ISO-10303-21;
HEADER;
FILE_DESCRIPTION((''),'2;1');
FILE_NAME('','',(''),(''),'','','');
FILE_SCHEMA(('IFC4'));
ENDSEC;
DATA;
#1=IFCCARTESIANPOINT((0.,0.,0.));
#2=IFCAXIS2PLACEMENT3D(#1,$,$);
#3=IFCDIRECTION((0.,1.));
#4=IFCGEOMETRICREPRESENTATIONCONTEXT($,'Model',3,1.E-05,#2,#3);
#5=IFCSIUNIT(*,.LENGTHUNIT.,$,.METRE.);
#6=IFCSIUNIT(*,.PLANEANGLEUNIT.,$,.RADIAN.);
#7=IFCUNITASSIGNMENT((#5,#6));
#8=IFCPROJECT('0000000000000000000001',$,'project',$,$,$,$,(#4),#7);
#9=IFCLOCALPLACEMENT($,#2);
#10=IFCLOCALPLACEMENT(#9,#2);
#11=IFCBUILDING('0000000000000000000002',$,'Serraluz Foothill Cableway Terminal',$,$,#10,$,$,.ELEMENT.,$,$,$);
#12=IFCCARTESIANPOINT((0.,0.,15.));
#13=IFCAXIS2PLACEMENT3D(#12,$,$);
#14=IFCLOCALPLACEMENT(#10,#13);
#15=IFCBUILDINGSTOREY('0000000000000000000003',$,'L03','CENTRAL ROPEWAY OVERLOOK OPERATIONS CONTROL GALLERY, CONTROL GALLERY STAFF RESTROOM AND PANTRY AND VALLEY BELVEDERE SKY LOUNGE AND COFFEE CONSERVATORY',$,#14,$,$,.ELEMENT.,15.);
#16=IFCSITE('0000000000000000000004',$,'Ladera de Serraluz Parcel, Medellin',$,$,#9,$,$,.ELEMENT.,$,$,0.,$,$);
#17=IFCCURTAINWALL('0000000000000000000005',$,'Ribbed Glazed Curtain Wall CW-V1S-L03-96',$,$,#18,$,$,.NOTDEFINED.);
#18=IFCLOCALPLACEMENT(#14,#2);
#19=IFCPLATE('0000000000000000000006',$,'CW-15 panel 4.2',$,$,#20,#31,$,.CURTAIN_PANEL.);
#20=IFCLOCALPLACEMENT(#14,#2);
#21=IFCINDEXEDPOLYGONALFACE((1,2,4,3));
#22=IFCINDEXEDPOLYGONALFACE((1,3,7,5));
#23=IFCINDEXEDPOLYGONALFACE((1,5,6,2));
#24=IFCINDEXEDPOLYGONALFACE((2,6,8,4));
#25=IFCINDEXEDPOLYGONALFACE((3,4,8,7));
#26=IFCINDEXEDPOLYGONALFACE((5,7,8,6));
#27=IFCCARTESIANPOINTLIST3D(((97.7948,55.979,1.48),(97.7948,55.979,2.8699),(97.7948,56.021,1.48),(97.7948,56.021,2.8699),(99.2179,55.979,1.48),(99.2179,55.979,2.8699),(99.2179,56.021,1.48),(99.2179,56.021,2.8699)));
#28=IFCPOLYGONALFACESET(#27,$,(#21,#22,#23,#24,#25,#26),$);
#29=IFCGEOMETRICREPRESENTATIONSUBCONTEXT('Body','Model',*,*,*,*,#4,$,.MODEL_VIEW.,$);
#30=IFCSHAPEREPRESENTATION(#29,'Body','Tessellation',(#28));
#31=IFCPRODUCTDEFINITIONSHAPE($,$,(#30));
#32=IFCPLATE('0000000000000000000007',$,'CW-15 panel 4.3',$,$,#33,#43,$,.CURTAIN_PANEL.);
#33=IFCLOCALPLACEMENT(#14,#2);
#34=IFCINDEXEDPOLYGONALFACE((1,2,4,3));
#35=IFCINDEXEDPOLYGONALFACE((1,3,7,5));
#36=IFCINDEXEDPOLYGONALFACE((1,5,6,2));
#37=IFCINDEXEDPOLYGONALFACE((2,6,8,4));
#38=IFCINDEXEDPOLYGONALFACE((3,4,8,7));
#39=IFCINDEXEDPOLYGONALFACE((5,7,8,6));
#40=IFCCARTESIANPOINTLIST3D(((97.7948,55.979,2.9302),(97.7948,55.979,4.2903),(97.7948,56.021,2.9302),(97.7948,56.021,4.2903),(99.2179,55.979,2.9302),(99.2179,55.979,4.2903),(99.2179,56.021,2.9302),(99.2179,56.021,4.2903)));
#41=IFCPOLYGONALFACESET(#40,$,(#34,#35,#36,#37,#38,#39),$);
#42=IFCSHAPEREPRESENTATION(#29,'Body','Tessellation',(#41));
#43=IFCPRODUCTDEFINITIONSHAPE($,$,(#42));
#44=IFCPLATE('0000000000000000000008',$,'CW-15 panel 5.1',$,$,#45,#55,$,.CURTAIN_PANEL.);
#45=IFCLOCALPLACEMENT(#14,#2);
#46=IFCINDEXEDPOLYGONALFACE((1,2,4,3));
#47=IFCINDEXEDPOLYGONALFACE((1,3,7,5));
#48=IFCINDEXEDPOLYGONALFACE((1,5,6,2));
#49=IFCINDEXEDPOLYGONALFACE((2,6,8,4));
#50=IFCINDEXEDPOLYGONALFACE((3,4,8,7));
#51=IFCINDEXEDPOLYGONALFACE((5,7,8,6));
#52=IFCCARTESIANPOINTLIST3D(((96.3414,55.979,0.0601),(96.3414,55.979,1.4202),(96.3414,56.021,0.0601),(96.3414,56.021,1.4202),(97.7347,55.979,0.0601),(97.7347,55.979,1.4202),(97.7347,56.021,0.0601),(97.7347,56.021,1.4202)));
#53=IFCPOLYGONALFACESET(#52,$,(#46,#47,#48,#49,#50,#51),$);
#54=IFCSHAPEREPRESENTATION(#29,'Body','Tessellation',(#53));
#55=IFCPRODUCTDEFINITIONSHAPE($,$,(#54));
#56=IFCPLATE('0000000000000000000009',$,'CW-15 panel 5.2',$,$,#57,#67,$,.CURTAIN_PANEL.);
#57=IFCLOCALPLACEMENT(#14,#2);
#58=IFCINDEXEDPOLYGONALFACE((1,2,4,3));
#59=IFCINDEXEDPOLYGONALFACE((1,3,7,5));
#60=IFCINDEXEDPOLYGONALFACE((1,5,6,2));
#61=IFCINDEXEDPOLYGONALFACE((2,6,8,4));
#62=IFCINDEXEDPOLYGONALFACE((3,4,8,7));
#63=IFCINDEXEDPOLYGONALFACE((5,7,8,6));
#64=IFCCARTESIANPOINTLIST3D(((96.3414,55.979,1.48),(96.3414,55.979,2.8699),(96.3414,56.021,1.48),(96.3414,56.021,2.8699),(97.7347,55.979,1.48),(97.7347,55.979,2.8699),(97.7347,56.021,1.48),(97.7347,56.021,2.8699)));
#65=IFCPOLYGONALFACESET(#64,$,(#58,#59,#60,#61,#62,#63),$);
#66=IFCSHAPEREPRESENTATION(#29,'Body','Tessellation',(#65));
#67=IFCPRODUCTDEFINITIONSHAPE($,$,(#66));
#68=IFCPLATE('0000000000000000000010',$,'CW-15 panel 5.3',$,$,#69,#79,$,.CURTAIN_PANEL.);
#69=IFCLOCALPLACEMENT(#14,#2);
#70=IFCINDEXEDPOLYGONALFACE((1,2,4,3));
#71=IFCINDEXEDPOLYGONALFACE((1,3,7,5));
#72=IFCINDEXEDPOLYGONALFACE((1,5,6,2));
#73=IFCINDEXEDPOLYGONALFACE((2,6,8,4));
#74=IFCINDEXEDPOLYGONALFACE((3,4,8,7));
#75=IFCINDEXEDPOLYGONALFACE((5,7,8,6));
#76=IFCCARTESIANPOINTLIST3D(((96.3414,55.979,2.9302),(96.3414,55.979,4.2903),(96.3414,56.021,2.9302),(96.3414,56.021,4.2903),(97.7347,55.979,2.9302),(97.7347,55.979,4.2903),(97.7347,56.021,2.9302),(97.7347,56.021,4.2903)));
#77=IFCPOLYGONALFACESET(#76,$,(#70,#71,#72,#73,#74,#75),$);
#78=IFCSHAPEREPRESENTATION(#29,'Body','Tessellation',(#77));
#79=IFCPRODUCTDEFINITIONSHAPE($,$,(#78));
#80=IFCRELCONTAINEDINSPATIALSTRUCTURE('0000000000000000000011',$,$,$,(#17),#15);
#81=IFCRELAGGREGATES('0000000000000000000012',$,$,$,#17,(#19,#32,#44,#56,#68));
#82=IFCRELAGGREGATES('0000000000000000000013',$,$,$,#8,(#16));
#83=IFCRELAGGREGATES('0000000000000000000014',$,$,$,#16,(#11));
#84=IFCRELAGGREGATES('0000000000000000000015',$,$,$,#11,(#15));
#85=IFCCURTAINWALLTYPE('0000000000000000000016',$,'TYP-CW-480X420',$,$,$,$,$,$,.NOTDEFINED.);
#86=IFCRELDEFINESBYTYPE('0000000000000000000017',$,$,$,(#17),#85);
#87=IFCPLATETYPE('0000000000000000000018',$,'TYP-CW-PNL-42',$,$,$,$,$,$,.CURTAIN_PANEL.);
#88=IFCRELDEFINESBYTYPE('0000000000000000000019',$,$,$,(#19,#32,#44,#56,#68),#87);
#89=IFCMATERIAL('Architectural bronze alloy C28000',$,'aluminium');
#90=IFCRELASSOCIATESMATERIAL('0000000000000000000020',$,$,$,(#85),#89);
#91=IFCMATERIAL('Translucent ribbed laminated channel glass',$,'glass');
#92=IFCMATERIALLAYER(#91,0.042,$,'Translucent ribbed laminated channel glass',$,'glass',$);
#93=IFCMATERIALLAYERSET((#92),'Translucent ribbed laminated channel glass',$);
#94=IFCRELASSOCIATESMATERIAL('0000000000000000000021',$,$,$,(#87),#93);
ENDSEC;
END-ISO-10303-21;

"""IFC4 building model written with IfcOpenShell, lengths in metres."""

from ifc_helpers import new_model, si_unit, direction, frame, origin, origin_2d, place, context, subcontext, project, spatial, rectangle, extrude, material, layer, layer_set, type_object, element, aggregate, save


model = new_model("IFC4")

# Units and contexts
model_context = context("Model", 3, precision=1e-05, world=origin(), true_north=direction((0.0, 1.0)))
body_context = subcontext(model_context, "Body", "Model", "MODEL_VIEW")
ifc_project = project(units=[si_unit("LENGTHUNIT", "METRE"), si_unit("PLANEANGLEUNIT", "RADIAN")], contexts=[model_context])

# Site, building, storey
site_placement = place(None, origin())
site = spatial("IfcSite", under=ifc_project, at=site_placement, Name="Ladera de Serraluz Parcel, Medellin", CompositionType="ELEMENT", RefElevation=0.0)
building_placement = place(site_placement, origin())
building = spatial("IfcBuilding", under=site, at=building_placement, Name="Serraluz Foothill Cableway Terminal", CompositionType="ELEMENT")
storey_placement = place(building_placement, frame((0.0, 0.0, 15.0)))
storey = spatial("IfcBuildingStorey", under=building, at=storey_placement, Name="L03", Description="CENTRAL ROPEWAY OVERLOOK OPERATIONS CONTROL GALLERY, CONTROL GALLERY STAFF RESTROOM AND PANTRY AND VALLEY BELVEDERE SKY LOUNGE AND COFFEE CONSERVATORY", CompositionType="ELEMENT", Elevation=15.0)

# Curtain wall
ifc_material_1 = material(Name="Architectural bronze alloy C28000", Category="aluminium")
curtain_wall_type_1 = type_object("IfcCurtainWallType", Name="TYP-CW-480X420", PredefinedType="NOTDEFINED", material=ifc_material_1)
curtain_wall_1_placement = place(storey_placement, origin())
curtain_wall_1 = element("IfcCurtainWall", 1, at=curtain_wall_1_placement, inside=storey, type_object=curtain_wall_type_1, Name="Ribbed Glazed Curtain Wall CW-V1S-L03-96", PredefinedType="NOTDEFINED")

# Plates
ifc_material_2 = material(Name="Translucent ribbed laminated channel glass", Category="glass")
ifc_layer = layer(ifc_material_2, 0.042, Name="Translucent ribbed laminated channel glass", Category="glass")
ifc_layer_set = layer_set([ifc_layer], Name="Translucent ribbed laminated channel glass")
plate_type = type_object("IfcPlateType", Name="TYP-CW-PNL-42", PredefinedType="CURTAIN_PANEL", material=ifc_layer_set)
plate_1_placement = place(storey_placement, frame((98.5063, 56.0, 1.48), z_axis=(0.0, 0.0, 1.0), x_axis=(-1.0, 0.0, 0.0)))
plate_1 = element("IfcPlate", 2, at=plate_1_placement, type_object=plate_type, Name="CW-15 panel 4.2", PredefinedType="CURTAIN_PANEL", context=body_context, shape_type="SweptSolid", body=[
    extrude(rectangle(XDim=1.4231, YDim=0.042, at=origin_2d()), origin(), (0.0, 0.0, 1.0), 1.3899),
])
plate_2_placement = place(storey_placement, frame((98.5063, 56.0, 2.9302), z_axis=(0.0, 0.0, 1.0), x_axis=(-1.0, 0.0, 0.0)))
plate_2 = element("IfcPlate", 3, at=plate_2_placement, type_object=plate_type, Name="CW-15 panel 4.3", PredefinedType="CURTAIN_PANEL", context=body_context, shape_type="SweptSolid", body=[
    extrude(rectangle(XDim=1.4231, YDim=0.042, at=origin_2d()), origin(), (0.0, 0.0, 1.0), 1.3601),
])
plate_3_placement = place(storey_placement, frame((97.0381, 56.0, 0.0601), z_axis=(0.0, 0.0, 1.0), x_axis=(-1.0, 0.0, 0.0)))
plate_3 = element("IfcPlate", 4, at=plate_3_placement, type_object=plate_type, Name="CW-15 panel 5.1", PredefinedType="CURTAIN_PANEL", context=body_context, shape_type="SweptSolid", body=[
    extrude(rectangle(XDim=1.3933, YDim=0.042, at=origin_2d()), origin(), (0.0, 0.0, 1.0), 1.3601),
])
plate_4_placement = place(storey_placement, frame((97.0381, 56.0, 1.48), z_axis=(0.0, 0.0, 1.0), x_axis=(-1.0, 0.0, 0.0)))
plate_4 = element("IfcPlate", 5, at=plate_4_placement, type_object=plate_type, Name="CW-15 panel 5.2", PredefinedType="CURTAIN_PANEL", context=body_context, shape_type="SweptSolid", body=[
    extrude(rectangle(XDim=1.3933, YDim=0.042, at=origin_2d()), origin(), (0.0, 0.0, 1.0), 1.3899),
])
plate_5_placement = place(storey_placement, frame((97.0381, 56.0, 2.9302), z_axis=(0.0, 0.0, 1.0), x_axis=(-1.0, 0.0, 0.0)))
plate_5 = element("IfcPlate", 6, at=plate_5_placement, type_object=plate_type, Name="CW-15 panel 5.3", PredefinedType="CURTAIN_PANEL", context=body_context, shape_type="SweptSolid", body=[
    extrude(rectangle(XDim=1.3933, YDim=0.042, at=origin_2d()), origin(), (0.0, 0.0, 1.0), 1.3601),
])
aggregate(curtain_wall_1, [plate_1, plate_2, plate_3, plate_4, plate_5])

save(model, "model.ifc")
